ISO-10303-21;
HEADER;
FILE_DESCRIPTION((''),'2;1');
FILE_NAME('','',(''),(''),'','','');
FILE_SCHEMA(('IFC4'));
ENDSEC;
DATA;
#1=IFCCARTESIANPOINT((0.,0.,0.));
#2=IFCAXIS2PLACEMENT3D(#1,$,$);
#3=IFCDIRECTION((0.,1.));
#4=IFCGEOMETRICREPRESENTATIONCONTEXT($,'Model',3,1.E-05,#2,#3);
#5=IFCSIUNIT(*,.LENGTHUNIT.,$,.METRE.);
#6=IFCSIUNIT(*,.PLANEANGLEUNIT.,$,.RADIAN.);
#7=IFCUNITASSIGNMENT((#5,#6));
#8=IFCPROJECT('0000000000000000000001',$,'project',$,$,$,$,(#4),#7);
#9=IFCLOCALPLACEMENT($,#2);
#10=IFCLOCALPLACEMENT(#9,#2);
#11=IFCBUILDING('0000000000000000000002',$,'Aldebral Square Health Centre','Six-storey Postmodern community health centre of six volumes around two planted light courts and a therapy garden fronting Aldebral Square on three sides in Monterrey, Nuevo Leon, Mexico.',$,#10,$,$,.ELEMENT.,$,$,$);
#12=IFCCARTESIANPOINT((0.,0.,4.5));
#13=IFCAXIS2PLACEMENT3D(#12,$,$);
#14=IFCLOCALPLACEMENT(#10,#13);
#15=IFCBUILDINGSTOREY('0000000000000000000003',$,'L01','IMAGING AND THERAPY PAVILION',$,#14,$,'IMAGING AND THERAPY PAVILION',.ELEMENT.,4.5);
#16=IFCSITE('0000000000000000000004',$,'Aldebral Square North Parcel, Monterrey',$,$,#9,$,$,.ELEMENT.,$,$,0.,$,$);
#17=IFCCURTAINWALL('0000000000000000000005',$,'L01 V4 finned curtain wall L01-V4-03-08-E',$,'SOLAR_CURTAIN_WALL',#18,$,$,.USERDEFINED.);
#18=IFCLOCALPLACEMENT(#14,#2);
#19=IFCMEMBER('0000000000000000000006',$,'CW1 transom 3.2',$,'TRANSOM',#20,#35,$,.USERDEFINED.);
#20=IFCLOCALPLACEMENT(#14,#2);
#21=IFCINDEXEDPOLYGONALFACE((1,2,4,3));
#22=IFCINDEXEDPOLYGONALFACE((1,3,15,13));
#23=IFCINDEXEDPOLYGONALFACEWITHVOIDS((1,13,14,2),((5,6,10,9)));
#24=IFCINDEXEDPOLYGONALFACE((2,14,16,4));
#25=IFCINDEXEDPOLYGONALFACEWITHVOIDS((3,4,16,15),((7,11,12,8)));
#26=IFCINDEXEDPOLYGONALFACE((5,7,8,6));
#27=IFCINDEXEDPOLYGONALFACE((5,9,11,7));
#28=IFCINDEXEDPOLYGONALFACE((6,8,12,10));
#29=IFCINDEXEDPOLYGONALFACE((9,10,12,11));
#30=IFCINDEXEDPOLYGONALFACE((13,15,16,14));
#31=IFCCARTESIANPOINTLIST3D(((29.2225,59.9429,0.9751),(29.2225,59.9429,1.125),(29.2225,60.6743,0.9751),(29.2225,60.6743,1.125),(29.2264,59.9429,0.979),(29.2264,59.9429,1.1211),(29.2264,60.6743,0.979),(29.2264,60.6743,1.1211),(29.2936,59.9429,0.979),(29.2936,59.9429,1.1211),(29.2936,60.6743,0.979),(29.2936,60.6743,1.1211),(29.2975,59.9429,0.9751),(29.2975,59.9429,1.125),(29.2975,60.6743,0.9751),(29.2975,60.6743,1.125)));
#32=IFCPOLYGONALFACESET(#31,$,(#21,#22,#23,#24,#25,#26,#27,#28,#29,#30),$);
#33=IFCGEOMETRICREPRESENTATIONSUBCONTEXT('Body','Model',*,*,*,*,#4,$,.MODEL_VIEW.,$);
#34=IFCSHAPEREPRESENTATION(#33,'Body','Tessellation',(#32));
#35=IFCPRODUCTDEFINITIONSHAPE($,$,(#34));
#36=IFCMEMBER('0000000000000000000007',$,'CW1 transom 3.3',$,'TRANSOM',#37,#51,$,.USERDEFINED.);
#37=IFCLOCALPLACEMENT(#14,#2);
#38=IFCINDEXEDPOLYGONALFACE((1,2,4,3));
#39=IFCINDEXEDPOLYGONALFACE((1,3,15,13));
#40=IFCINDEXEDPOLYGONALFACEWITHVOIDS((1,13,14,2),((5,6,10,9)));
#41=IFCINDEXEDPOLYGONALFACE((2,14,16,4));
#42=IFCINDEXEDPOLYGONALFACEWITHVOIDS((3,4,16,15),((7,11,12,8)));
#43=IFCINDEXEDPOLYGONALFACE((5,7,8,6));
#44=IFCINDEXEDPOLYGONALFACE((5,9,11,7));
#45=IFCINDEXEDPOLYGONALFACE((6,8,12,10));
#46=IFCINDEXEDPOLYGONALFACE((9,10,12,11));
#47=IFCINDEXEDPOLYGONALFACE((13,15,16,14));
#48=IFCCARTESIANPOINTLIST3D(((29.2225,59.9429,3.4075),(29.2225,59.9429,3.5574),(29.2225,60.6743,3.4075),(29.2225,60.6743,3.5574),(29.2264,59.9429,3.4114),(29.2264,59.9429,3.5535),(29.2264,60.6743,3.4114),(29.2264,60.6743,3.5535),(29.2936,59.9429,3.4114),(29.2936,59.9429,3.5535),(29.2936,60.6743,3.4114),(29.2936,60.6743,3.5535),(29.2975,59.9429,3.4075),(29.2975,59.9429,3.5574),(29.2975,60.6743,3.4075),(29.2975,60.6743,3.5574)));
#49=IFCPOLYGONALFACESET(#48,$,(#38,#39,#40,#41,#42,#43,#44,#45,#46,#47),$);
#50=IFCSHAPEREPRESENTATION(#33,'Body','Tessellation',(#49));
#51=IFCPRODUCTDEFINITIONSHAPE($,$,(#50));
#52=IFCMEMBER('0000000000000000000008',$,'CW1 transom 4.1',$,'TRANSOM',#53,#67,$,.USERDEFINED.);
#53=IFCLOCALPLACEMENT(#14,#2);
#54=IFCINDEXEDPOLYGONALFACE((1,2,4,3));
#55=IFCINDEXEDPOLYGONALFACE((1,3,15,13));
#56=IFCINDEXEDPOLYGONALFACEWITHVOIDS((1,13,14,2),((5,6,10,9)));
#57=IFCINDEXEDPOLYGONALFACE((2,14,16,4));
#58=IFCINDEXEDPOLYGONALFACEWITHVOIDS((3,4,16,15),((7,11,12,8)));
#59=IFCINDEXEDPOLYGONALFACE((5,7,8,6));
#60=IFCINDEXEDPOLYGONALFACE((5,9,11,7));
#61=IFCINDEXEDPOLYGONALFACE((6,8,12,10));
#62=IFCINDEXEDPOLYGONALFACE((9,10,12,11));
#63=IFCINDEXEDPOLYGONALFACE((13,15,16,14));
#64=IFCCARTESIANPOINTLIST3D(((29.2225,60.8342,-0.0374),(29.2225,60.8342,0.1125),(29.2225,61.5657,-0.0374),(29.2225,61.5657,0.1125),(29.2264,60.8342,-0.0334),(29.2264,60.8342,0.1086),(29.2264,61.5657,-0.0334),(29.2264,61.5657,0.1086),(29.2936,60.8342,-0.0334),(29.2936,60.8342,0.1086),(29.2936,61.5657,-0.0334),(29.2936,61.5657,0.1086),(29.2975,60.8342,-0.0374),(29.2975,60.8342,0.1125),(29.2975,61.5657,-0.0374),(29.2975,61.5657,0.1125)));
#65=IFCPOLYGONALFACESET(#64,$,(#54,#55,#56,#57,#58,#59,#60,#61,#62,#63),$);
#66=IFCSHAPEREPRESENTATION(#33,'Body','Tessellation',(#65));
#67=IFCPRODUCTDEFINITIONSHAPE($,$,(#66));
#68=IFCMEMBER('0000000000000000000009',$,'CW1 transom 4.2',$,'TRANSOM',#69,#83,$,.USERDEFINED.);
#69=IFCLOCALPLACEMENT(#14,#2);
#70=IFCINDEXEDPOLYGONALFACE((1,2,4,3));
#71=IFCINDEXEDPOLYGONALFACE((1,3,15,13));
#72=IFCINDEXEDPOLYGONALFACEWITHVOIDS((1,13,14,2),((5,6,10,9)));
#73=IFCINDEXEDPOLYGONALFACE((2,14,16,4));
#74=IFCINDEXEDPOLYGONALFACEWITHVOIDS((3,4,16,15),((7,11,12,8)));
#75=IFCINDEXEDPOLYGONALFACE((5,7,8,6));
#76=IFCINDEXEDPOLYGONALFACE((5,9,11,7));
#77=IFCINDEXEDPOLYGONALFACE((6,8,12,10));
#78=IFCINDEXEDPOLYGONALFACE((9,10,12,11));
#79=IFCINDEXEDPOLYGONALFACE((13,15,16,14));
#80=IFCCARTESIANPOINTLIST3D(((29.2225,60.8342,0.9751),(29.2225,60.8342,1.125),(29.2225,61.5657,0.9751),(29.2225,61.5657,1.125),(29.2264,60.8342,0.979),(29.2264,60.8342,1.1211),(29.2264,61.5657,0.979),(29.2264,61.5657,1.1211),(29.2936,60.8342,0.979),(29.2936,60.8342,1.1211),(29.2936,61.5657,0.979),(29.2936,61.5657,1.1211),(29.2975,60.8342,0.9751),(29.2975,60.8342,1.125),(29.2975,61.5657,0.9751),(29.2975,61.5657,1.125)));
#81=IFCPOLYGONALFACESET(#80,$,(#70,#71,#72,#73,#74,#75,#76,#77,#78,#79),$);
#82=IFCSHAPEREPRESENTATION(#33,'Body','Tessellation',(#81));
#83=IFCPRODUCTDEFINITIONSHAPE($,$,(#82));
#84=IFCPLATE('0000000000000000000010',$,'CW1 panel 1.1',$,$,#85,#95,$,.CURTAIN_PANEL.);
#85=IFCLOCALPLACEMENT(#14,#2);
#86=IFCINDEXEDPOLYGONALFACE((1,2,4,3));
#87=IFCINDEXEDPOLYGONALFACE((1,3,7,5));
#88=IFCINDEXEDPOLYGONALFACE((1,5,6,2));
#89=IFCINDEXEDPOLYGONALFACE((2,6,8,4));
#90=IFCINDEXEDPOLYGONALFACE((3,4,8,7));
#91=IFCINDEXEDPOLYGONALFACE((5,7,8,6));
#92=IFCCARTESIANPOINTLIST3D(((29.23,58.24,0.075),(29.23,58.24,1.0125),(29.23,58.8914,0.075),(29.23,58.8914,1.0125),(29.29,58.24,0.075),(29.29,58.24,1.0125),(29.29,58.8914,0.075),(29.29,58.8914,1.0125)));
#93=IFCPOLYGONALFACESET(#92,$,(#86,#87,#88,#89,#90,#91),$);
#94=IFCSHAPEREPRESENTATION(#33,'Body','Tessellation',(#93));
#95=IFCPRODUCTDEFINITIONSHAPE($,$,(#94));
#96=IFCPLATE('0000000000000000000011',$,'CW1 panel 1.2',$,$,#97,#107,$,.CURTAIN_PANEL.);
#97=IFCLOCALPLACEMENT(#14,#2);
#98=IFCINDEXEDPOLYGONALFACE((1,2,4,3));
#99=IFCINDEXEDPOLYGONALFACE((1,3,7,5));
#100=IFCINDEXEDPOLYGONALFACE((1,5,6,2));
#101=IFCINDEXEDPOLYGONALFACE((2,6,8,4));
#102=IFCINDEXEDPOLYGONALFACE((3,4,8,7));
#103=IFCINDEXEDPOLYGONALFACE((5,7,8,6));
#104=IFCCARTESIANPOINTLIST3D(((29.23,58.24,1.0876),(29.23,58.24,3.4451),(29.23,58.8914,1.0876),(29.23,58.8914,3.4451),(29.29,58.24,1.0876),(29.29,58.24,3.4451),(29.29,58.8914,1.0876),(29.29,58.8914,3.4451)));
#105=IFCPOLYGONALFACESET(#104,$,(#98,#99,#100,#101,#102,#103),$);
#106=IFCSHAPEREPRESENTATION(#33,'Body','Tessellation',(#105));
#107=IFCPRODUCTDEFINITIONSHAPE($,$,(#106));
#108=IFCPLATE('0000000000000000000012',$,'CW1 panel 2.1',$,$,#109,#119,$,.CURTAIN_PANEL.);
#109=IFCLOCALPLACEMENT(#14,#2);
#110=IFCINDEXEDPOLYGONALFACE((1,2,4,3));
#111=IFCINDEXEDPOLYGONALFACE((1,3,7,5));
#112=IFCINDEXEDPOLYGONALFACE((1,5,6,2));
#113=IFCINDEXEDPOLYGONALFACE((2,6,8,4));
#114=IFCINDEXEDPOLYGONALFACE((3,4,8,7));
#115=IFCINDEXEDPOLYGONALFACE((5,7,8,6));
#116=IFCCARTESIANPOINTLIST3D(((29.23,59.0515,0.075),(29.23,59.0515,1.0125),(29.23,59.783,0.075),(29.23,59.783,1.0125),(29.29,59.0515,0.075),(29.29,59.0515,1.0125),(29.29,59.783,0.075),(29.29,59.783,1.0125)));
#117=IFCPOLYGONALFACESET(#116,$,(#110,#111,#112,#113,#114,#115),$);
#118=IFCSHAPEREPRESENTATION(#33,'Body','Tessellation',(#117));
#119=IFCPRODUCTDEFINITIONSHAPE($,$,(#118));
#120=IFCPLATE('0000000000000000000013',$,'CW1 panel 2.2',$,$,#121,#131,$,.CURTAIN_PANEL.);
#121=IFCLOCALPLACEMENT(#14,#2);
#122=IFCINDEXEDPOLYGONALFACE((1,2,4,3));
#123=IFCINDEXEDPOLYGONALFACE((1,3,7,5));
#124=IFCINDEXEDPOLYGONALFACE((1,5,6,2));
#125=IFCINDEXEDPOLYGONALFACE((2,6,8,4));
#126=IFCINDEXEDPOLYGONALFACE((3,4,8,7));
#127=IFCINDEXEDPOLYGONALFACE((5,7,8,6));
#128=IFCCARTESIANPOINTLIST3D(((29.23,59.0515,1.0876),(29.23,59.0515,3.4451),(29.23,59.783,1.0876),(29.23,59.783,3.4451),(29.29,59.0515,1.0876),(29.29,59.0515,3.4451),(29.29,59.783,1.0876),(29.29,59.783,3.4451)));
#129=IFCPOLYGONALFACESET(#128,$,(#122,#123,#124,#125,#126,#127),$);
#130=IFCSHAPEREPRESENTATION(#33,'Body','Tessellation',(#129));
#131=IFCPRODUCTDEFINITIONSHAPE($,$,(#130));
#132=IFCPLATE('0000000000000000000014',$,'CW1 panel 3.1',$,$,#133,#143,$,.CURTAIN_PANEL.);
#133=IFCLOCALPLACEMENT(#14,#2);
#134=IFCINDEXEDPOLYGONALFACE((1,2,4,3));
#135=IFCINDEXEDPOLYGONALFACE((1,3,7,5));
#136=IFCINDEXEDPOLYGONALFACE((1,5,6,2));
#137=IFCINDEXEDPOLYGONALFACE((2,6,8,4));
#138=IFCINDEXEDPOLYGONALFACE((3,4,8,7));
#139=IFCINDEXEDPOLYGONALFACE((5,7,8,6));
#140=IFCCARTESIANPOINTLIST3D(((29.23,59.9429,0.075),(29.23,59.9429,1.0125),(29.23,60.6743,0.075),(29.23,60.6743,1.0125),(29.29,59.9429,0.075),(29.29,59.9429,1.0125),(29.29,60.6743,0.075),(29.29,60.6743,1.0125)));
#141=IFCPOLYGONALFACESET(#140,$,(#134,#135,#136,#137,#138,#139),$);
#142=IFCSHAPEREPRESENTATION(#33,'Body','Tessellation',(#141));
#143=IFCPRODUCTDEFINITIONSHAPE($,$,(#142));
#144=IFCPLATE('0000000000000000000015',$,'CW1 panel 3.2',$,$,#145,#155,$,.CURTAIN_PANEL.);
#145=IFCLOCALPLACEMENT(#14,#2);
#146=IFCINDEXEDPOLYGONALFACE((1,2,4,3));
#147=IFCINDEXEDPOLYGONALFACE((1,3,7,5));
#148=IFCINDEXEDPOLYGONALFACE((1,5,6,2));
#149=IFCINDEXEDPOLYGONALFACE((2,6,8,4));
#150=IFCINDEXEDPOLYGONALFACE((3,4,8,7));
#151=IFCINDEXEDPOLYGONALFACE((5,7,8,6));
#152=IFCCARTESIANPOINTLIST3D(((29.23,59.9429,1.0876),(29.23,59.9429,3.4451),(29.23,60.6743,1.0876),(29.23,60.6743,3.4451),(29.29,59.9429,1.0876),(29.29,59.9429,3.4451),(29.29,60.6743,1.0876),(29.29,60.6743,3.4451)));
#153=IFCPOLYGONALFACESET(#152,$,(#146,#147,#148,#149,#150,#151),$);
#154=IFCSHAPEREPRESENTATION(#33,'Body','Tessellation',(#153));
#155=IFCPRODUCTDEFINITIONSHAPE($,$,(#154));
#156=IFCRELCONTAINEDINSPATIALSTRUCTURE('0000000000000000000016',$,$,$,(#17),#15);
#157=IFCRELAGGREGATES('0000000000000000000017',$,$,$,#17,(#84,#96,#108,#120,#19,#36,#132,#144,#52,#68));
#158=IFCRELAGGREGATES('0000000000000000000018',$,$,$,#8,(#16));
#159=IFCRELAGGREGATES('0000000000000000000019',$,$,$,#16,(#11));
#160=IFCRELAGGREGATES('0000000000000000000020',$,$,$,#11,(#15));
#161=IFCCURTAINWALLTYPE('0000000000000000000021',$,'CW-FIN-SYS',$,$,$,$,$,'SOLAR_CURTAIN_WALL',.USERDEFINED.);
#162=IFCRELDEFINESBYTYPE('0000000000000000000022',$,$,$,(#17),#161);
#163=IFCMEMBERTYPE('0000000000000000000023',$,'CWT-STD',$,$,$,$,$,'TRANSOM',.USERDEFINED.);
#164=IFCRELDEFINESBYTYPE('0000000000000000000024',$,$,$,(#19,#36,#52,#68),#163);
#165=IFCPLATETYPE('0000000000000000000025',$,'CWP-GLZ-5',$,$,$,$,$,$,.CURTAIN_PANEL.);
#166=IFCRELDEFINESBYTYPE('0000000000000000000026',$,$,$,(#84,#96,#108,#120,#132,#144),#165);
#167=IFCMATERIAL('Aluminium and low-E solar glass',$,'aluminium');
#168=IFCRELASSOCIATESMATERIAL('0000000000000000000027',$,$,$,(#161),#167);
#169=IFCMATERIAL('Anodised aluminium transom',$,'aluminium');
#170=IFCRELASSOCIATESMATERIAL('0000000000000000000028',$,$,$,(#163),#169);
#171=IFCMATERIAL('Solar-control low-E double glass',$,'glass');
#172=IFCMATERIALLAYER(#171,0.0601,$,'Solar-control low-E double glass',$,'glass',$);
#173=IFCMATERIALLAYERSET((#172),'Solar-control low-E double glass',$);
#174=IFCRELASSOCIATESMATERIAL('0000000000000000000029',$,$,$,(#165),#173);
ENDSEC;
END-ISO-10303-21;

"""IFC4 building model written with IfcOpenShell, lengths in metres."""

from ifc_helpers import new_model, si_unit, direction, frame, origin, origin_2d, place, context, subcontext, project, spatial, rectangle, hollow_rectangle, extrude, material, layer, layer_set, material_profile, profile_set, type_object, element, aggregate, save


model = new_model("IFC4")

# Units and contexts
model_context = context("Model", 3, precision=1e-05, world=origin(), true_north=direction((0.0, 1.0)))
body_context = subcontext(model_context, "Body", "Model", "MODEL_VIEW")
ifc_project = project(units=[si_unit("LENGTHUNIT", "METRE"), si_unit("PLANEANGLEUNIT", "RADIAN")], contexts=[model_context])

# Site, building, storey
site_placement = place(None, origin())
site = spatial("IfcSite", under=ifc_project, at=site_placement, Name="Aldebral Square North Parcel, Monterrey", CompositionType="ELEMENT", RefElevation=0.0)
building_placement = place(site_placement, origin())
building = spatial("IfcBuilding", under=site, at=building_placement, Name="Aldebral Square Health Centre", Description="Six-storey Postmodern community health centre of six volumes around two planted light courts and a therapy garden fronting Aldebral Square on three sides in Monterrey, Nuevo Leon, Mexico.", CompositionType="ELEMENT")
storey_placement = place(building_placement, frame((0.0, 0.0, 4.5)))
storey = spatial("IfcBuildingStorey", under=building, at=storey_placement, Name="L01", Description="IMAGING AND THERAPY PAVILION", LongName="IMAGING AND THERAPY PAVILION", CompositionType="ELEMENT", Elevation=4.5)

# Curtain wall, members, plates
ifc_material_1 = material(Name="Aluminium and low-E solar glass", Category="aluminium")
curtain_wall_type = type_object("IfcCurtainWallType", Name="CW-FIN-SYS", ElementType="SOLAR_CURTAIN_WALL", PredefinedType="USERDEFINED", material=ifc_material_1)
curtain_wall_placement = place(storey_placement, origin())
curtain_wall = element("IfcCurtainWall", 1, at=curtain_wall_placement, inside=storey, type_object=curtain_wall_type, Name="L01 V4 finned curtain wall L01-V4-03-08-E", ObjectType="SOLAR_CURTAIN_WALL", PredefinedType="USERDEFINED")
ifc_material_2 = material(Name="Anodised aluminium transom", Category="aluminium")
ifc_material_profile_1 = material_profile(ifc_material_2, hollow_rectangle(XDim=0.075, YDim=0.1499, WallThickness=0.0039, at=origin_2d()), Name="CWT 75x150x4")
ifc_profile_set_1 = profile_set([ifc_material_profile_1], Name="Anodised aluminium transom")
member_type_1 = type_object("IfcMemberType", Name="CWT-STD", ElementType="TRANSOM", PredefinedType="USERDEFINED", material=ifc_profile_set_1)
member_1_placement = place(storey_placement, frame((29.26, 59.9429, 1.05), z_axis=(0.0, 1.0, 0.0), x_axis=(-1.0, 0.0, 0.0)))
member_1 = element("IfcMember", 2, at=member_1_placement, type_object=member_type_1, Name="CW1 transom 3.2", ObjectType="TRANSOM", PredefinedType="USERDEFINED", context=body_context, shape_type="SweptSolid", body=[
    extrude(hollow_rectangle(XDim=0.075, YDim=0.1499, WallThickness=0.0039, at=origin_2d()), origin(), (0.0, 0.0, 1.0), 0.7314),
])
member_2_placement = place(storey_placement, frame((29.26, 59.9429, 3.4824), z_axis=(0.0, 1.0, 0.0), x_axis=(-1.0, 0.0, 0.0)))
member_2 = element("IfcMember", 3, at=member_2_placement, type_object=member_type_1, Name="CW1 transom 3.3", ObjectType="TRANSOM", PredefinedType="USERDEFINED", context=body_context, shape_type="SweptSolid", body=[
    extrude(hollow_rectangle(XDim=0.075, YDim=0.1499, WallThickness=0.0039, at=origin_2d()), origin(), (0.0, 0.0, 1.0), 0.7314),
])
member_3_placement = place(storey_placement, frame((29.26, 60.8342, 0.0376), z_axis=(0.0, 1.0, 0.0), x_axis=(-1.0, 0.0, 0.0)))
member_3 = element("IfcMember", 4, at=member_3_placement, type_object=member_type_1, Name="CW1 transom 4.1", ObjectType="TRANSOM", PredefinedType="USERDEFINED", context=body_context, shape_type="SweptSolid", body=[
    extrude(hollow_rectangle(XDim=0.075, YDim=0.1499, WallThickness=0.0039, at=origin_2d()), origin(), (0.0, 0.0, 1.0), 0.7314),
])
member_4_placement = place(storey_placement, frame((29.26, 60.8342, 1.05), z_axis=(0.0, 1.0, 0.0), x_axis=(-1.0, 0.0, 0.0)))
member_4 = element("IfcMember", 5, at=member_4_placement, type_object=member_type_1, Name="CW1 transom 4.2", ObjectType="TRANSOM", PredefinedType="USERDEFINED", context=body_context, shape_type="SweptSolid", body=[
    extrude(hollow_rectangle(XDim=0.075, YDim=0.1499, WallThickness=0.0039, at=origin_2d()), origin(), (0.0, 0.0, 1.0), 0.7314),
])
ifc_material_3 = material(Name="Solar-control low-E double glass", Category="glass")
ifc_layer = layer(ifc_material_3, 0.0601, Name="Solar-control low-E double glass", Category="glass")
ifc_layer_set = layer_set([ifc_layer], Name="Solar-control low-E double glass")
plate_type = type_object("IfcPlateType", Name="CWP-GLZ-5", PredefinedType="CURTAIN_PANEL", material=ifc_layer_set)
plate_1_placement = place(storey_placement, frame((29.26, 58.5657, 0.075), z_axis=(0.0, 0.0, 1.0), x_axis=(0.0, 1.0, 0.0)))
plate_1 = element("IfcPlate", 6, at=plate_1_placement, type_object=plate_type, Name="CW1 panel 1.1", PredefinedType="CURTAIN_PANEL", context=body_context, shape_type="SweptSolid", body=[
    extrude(rectangle(XDim=0.6514, YDim=0.0601, at=origin_2d()), origin(), (0.0, 0.0, 1.0), 0.9375),
])
plate_2_placement = place(storey_placement, frame((29.26, 58.5657, 1.0876), z_axis=(0.0, 0.0, 1.0), x_axis=(0.0, 1.0, 0.0)))
plate_2 = element("IfcPlate", 7, at=plate_2_placement, type_object=plate_type, Name="CW1 panel 1.2", PredefinedType="CURTAIN_PANEL", context=body_context, shape_type="SweptSolid", body=[
    extrude(rectangle(XDim=0.6514, YDim=0.0601, at=origin_2d()), origin(), (0.0, 0.0, 1.0), 2.3574),
])
plate_3_placement = place(storey_placement, frame((29.26, 59.4172, 0.075), z_axis=(0.0, 0.0, 1.0), x_axis=(0.0, 1.0, 0.0)))
plate_3 = element("IfcPlate", 8, at=plate_3_placement, type_object=plate_type, Name="CW1 panel 2.1", PredefinedType="CURTAIN_PANEL", context=body_context, shape_type="SweptSolid", body=[
    extrude(rectangle(XDim=0.7314, YDim=0.0601, at=origin_2d()), origin(), (0.0, 0.0, 1.0), 0.9375),
])
plate_4_placement = place(storey_placement, frame((29.26, 59.4172, 1.0876), z_axis=(0.0, 0.0, 1.0), x_axis=(0.0, 1.0, 0.0)))
plate_4 = element("IfcPlate", 9, at=plate_4_placement, type_object=plate_type, Name="CW1 panel 2.2", PredefinedType="CURTAIN_PANEL", context=body_context, shape_type="SweptSolid", body=[
    extrude(rectangle(XDim=0.7314, YDim=0.0601, at=origin_2d()), origin(), (0.0, 0.0, 1.0), 2.3574),
])
plate_5_placement = place(storey_placement, frame((29.26, 60.3086, 0.075), z_axis=(0.0, 0.0, 1.0), x_axis=(0.0, 1.0, 0.0)))
plate_5 = element("IfcPlate", 10, at=plate_5_placement, type_object=plate_type, Name="CW1 panel 3.1", PredefinedType="CURTAIN_PANEL", context=body_context, shape_type="SweptSolid", body=[
    extrude(rectangle(XDim=0.7314, YDim=0.0601, at=origin_2d()), origin(), (0.0, 0.0, 1.0), 0.9375),
])
plate_6_placement = place(storey_placement, frame((29.26, 60.3086, 1.0876), z_axis=(0.0, 0.0, 1.0), x_axis=(0.0, 1.0, 0.0)))
plate_6 = element("IfcPlate", 11, at=plate_6_placement, type_object=plate_type, Name="CW1 panel 3.2", PredefinedType="CURTAIN_PANEL", context=body_context, shape_type="SweptSolid", body=[
    extrude(rectangle(XDim=0.7314, YDim=0.0601, at=origin_2d()), origin(), (0.0, 0.0, 1.0), 2.3574),
])
aggregate(curtain_wall, [plate_1, plate_2, plate_3, plate_4, member_1, member_2, plate_5, plate_6, member_3, member_4])

save(model, "model.ifc")
